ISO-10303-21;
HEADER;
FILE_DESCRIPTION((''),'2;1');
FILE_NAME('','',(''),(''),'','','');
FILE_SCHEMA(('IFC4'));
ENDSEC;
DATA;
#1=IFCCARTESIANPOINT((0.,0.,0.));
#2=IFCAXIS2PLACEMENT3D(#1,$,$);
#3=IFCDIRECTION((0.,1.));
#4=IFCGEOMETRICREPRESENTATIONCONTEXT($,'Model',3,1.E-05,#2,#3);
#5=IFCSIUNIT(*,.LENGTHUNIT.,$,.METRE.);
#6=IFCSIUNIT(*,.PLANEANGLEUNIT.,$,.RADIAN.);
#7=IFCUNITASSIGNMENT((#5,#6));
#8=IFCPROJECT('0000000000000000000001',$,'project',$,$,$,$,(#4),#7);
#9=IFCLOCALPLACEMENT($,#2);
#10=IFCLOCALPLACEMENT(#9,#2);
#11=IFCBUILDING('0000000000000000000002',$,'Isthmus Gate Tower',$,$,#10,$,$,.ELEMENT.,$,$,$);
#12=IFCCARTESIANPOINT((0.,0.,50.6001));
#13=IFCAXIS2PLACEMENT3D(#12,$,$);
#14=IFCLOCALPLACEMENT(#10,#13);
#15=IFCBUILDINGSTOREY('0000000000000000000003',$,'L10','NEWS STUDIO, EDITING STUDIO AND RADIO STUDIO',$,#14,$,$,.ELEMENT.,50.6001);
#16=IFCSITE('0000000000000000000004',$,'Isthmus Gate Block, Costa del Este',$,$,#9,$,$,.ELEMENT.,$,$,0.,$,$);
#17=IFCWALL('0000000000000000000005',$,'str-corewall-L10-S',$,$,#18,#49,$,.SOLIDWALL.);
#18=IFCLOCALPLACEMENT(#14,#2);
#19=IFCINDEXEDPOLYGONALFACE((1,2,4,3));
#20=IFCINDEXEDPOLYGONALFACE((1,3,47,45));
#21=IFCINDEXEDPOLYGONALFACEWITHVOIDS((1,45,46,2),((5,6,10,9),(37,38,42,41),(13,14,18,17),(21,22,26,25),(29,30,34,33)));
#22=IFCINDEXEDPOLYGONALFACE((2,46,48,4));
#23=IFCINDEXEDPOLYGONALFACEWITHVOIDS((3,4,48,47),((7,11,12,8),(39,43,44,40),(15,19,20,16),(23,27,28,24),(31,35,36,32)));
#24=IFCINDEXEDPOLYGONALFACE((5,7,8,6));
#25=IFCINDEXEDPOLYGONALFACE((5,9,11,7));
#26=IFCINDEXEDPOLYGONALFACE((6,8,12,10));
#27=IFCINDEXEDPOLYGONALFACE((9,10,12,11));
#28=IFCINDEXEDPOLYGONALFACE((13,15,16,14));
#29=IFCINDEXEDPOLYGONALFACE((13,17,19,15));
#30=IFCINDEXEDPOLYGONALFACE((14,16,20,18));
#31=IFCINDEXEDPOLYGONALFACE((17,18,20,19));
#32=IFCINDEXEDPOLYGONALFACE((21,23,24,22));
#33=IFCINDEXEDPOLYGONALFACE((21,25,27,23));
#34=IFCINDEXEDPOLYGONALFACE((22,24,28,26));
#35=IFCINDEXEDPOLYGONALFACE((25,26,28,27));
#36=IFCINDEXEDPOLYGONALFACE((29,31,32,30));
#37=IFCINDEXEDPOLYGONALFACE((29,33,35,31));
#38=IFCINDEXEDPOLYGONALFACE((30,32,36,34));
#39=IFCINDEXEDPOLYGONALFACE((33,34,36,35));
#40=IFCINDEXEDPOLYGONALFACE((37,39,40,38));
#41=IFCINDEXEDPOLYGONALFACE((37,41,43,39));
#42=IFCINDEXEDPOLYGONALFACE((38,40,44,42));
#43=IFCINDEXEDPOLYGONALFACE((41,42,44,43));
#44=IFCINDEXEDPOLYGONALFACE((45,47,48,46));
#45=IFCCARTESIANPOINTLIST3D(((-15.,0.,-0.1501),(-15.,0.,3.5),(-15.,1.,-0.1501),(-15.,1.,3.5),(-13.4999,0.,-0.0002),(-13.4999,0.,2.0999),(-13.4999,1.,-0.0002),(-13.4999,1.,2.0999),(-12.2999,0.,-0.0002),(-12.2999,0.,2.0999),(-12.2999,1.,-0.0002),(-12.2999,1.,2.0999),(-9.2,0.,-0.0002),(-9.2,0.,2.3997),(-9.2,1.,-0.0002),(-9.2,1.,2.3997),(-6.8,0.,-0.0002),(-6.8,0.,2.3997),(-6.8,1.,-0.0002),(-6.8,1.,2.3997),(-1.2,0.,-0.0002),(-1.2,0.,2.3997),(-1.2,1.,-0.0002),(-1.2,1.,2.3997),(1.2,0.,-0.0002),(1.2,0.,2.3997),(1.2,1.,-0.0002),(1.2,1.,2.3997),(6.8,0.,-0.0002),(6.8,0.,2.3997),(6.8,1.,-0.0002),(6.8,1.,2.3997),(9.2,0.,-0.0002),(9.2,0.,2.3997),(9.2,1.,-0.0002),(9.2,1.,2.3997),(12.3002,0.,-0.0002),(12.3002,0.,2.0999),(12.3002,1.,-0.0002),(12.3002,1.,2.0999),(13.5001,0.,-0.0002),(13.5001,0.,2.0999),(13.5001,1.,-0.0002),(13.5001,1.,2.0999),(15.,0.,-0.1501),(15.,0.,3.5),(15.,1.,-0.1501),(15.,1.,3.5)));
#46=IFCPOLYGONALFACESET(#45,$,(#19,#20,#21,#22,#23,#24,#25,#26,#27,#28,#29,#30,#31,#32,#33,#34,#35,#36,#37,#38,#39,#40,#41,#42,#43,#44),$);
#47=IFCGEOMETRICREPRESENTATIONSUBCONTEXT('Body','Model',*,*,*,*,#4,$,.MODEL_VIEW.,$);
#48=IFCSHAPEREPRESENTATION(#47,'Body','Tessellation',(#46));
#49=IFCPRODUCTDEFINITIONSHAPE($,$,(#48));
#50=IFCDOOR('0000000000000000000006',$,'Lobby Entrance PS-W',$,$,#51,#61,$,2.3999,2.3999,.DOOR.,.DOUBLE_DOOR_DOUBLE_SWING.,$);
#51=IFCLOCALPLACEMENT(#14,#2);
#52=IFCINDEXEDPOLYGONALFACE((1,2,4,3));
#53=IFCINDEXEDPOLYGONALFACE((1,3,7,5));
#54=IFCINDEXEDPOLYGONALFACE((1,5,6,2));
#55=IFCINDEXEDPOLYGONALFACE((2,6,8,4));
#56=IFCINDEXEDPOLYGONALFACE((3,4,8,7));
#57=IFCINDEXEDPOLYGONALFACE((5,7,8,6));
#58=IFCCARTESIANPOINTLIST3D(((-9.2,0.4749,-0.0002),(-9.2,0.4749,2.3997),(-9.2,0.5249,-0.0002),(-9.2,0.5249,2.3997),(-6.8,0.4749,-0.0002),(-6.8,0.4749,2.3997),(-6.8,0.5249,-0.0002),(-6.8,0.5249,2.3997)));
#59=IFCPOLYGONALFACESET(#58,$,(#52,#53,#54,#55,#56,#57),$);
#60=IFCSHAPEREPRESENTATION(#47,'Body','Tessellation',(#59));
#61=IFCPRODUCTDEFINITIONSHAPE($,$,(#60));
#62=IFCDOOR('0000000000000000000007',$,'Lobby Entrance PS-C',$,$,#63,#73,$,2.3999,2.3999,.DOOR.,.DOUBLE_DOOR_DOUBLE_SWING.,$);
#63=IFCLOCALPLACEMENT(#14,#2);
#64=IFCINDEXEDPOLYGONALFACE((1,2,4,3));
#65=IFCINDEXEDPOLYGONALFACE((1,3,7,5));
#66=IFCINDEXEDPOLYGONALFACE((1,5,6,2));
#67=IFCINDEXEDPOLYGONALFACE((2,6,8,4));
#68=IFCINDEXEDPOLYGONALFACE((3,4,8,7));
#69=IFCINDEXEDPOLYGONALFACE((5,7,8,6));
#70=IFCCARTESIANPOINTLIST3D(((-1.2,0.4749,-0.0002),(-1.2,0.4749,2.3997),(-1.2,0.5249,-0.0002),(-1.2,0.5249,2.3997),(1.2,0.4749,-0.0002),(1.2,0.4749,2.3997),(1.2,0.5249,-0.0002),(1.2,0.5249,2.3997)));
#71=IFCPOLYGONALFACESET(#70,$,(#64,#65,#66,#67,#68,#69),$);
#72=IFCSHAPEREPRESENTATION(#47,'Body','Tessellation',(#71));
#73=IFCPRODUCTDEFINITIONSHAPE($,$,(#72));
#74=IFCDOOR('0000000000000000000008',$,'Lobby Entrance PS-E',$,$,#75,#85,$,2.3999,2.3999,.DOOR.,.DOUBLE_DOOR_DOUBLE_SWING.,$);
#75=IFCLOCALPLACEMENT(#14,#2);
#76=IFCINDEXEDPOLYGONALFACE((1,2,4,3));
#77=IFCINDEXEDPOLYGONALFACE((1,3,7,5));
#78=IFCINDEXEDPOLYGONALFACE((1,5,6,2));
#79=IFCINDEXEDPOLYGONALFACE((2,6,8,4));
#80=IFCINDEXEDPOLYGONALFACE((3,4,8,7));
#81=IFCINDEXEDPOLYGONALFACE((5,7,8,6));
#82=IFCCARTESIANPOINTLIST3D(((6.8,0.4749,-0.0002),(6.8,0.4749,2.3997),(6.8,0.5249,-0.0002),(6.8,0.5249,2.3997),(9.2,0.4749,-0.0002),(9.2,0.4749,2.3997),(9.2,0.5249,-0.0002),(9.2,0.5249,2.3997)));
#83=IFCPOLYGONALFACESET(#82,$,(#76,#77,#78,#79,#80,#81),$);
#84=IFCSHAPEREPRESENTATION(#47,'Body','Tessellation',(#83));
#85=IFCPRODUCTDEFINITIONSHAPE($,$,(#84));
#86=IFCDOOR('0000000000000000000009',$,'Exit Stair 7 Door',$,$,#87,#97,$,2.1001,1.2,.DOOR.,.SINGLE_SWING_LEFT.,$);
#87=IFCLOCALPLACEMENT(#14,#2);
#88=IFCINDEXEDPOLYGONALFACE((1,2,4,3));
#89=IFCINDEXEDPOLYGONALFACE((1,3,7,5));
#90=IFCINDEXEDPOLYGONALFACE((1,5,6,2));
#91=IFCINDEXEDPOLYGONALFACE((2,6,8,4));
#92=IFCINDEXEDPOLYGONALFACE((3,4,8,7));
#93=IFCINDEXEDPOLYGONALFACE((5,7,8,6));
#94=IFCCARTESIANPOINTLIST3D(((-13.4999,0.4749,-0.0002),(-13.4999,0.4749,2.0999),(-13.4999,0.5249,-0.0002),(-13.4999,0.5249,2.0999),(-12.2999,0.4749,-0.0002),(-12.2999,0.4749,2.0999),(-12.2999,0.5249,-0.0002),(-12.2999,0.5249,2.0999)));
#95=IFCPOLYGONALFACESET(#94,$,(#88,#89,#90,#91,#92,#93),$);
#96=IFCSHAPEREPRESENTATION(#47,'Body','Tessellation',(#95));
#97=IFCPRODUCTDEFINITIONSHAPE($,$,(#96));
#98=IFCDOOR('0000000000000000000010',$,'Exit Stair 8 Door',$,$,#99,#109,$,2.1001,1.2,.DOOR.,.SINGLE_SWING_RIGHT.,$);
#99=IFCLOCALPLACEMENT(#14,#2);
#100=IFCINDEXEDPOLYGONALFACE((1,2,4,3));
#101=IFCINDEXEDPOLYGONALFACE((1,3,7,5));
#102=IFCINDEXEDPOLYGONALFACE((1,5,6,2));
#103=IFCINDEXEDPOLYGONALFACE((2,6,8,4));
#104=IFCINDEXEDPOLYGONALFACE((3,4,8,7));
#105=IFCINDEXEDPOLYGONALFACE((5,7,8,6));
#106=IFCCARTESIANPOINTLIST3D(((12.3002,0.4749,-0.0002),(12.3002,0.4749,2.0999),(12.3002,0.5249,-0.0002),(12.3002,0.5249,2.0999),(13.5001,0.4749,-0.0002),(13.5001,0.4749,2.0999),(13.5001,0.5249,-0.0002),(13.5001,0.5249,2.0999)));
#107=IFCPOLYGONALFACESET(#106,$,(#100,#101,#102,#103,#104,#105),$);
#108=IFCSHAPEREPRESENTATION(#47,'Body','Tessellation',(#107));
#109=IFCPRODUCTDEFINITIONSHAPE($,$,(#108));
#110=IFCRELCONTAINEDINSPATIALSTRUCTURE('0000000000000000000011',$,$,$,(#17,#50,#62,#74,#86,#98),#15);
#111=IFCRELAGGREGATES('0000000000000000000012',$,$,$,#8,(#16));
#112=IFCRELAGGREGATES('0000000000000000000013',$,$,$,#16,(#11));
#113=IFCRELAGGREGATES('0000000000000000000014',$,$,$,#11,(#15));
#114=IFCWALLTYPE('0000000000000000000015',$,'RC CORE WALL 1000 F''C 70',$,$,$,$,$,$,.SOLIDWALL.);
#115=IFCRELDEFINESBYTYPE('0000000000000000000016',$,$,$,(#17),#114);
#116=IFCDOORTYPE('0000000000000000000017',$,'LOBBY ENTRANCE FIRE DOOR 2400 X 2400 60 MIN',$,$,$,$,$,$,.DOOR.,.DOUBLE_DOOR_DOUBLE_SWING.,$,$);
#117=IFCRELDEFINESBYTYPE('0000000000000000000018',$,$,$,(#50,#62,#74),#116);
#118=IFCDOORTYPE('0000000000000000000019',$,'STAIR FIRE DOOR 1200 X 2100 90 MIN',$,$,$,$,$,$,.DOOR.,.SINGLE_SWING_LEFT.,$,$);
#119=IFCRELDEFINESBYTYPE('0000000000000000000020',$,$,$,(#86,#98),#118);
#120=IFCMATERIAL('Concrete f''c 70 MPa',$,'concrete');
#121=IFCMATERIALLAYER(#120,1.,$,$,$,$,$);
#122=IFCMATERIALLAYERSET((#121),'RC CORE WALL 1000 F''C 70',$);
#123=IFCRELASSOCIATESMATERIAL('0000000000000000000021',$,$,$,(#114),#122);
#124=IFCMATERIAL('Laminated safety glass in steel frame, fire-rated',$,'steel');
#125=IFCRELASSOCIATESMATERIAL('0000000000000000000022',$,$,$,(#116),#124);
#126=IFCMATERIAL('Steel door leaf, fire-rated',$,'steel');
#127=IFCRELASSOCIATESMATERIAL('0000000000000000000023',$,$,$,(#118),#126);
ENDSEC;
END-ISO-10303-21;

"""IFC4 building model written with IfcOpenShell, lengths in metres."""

from ifc_helpers import new_model, si_unit, direction, frame, frame_2d, origin, place, context, subcontext, project, spatial, rectangle, extrude, material, layer, layer_set, type_object, element, fill, save


model = new_model("IFC4")

# Units and contexts
model_context = context("Model", 3, precision=1e-05, world=origin(), true_north=direction((0.0, 1.0)))
body_context = subcontext(model_context, "Body", "Model", "MODEL_VIEW")
ifc_project = project(units=[si_unit("LENGTHUNIT", "METRE"), si_unit("PLANEANGLEUNIT", "RADIAN")], contexts=[model_context])

# Site, building, storey
site_placement = place(None, origin())
site = spatial("IfcSite", under=ifc_project, at=site_placement, Name="Isthmus Gate Block, Costa del Este", CompositionType="ELEMENT", RefElevation=0.0)
building_placement = place(site_placement, origin())
building = spatial("IfcBuilding", under=site, at=building_placement, Name="Isthmus Gate Tower", CompositionType="ELEMENT")
storey_placement = place(building_placement, frame((0.0, 0.0, 50.6001)))
storey = spatial("IfcBuildingStorey", under=building, at=storey_placement, Name="L10", Description="NEWS STUDIO, EDITING STUDIO AND RADIO STUDIO", CompositionType="ELEMENT", Elevation=50.6001)

# Wall, openings, doors
ifc_material_1 = material(Name="Concrete f'c 70 MPa", Category="concrete")
ifc_layer_1 = layer(ifc_material_1, 1.0)
ifc_layer_set_1 = layer_set([ifc_layer_1], Name="RC CORE WALL 1000 F'C 70")
wall_type_1 = type_object("IfcWallType", Name="RC CORE WALL 1000 F'C 70", PredefinedType="SOLIDWALL", material=ifc_layer_set_1)
wall_1_placement = place(storey_placement, frame((-15.0, 0.5, -0.1501), z_axis=(0.0, 0.0, 1.0), x_axis=(1.0, 0.0, 0.0)))
wall_1 = element("IfcWall", 1, at=wall_1_placement, inside=storey, type_object=wall_type_1, Name="str-corewall-L10-S", PredefinedType="SOLIDWALL", context=body_context, shape_type="SweptSolid", body=[
    extrude(rectangle(XDim=30.0, YDim=1.0, at=frame_2d((15.0, 0.0))), origin(), (0.0, 0.0, 1.0), 3.6501),
])
opening_1_placement = place(wall_1_placement, frame((5.8, 0.0, 0.1499)))
opening_1 = element("IfcOpeningElement", 2, at=opening_1_placement, cuts=wall_1, PredefinedType="OPENING", context=body_context, shape_type="SweptSolid", body=[
    extrude(rectangle(XDim=2.3999, YDim=2.3999, at=frame_2d((1.2, 1.2))), frame((0.0, 0.51, 0.0), z_axis=(0.0, -1.0, 0.0), x_axis=(1.0, 0.0, 0.0)), (0.0, 0.0, 1.0), 1.02),
])
opening_2_placement = place(wall_1_placement, frame((13.8, 0.0, 0.1499)))
opening_2 = element("IfcOpeningElement", 3, at=opening_2_placement, cuts=wall_1, PredefinedType="OPENING", context=body_context, shape_type="SweptSolid", body=[
    extrude(rectangle(XDim=2.3999, YDim=2.3999, at=frame_2d((1.2, 1.2))), frame((0.0, 0.51, 0.0), z_axis=(0.0, -1.0, 0.0), x_axis=(1.0, 0.0, 0.0)), (0.0, 0.0, 1.0), 1.02),
])
opening_3_placement = place(wall_1_placement, frame((21.8, 0.0, 0.1499)))
opening_3 = element("IfcOpeningElement", 4, at=opening_3_placement, cuts=wall_1, PredefinedType="OPENING", context=body_context, shape_type="SweptSolid", body=[
    extrude(rectangle(XDim=2.3999, YDim=2.3999, at=frame_2d((1.2, 1.2))), frame((0.0, 0.51, 0.0), z_axis=(0.0, -1.0, 0.0), x_axis=(1.0, 0.0, 0.0)), (0.0, 0.0, 1.0), 1.02),
])
opening_4_placement = place(wall_1_placement, frame((1.5, 0.0, 0.1499)))
opening_4 = element("IfcOpeningElement", 5, at=opening_4_placement, cuts=wall_1, PredefinedType="OPENING", context=body_context, shape_type="SweptSolid", body=[
    extrude(rectangle(XDim=1.2, YDim=2.1001, at=frame_2d((0.6001, 1.05))), frame((0.0, 0.51, 0.0), z_axis=(0.0, -1.0, 0.0), x_axis=(1.0, 0.0, 0.0)), (0.0, 0.0, 1.0), 1.02),
])
opening_5_placement = place(wall_1_placement, frame((27.3, 0.0, 0.1499)))
opening_5 = element("IfcOpeningElement", 6, at=opening_5_placement, cuts=wall_1, PredefinedType="OPENING", context=body_context, shape_type="SweptSolid", body=[
    extrude(rectangle(XDim=1.2, YDim=2.1001, at=frame_2d((0.6001, 1.05))), frame((0.0, 0.51, 0.0), z_axis=(0.0, -1.0, 0.0), x_axis=(1.0, 0.0, 0.0)), (0.0, 0.0, 1.0), 1.02),
])
ifc_material_2 = material(Name="Laminated safety glass in steel frame, fire-rated", Category="steel")
door_type_1 = type_object("IfcDoorType", Name="LOBBY ENTRANCE FIRE DOOR 2400 X 2400 60 MIN", OperationType="DOUBLE_DOOR_DOUBLE_SWING", PredefinedType="DOOR", material=ifc_material_2)
door_1_placement = place(opening_1_placement, origin())
door_1 = element("IfcDoor", 7, at=door_1_placement, inside=storey, type_object=door_type_1, Name="Lobby Entrance PS-W", OperationType="DOUBLE_DOOR_DOUBLE_SWING", OverallHeight=2.3999, OverallWidth=2.3999, PredefinedType="DOOR", context=body_context, shape_type="SweptSolid", body=[
    extrude(rectangle(XDim=2.3999, YDim=2.3999, at=frame_2d((1.2, 1.2))), frame((0.0, 0.0249, 0.0), z_axis=(0.0, -1.0, 0.0), x_axis=(1.0, 0.0, 0.0)), (0.0, 0.0, 1.0), 0.05),
])
fill(opening_1, door_1)
door_2_placement = place(opening_2_placement, origin())
door_2 = element("IfcDoor", 8, at=door_2_placement, inside=storey, type_object=door_type_1, Name="Lobby Entrance PS-C", OperationType="DOUBLE_DOOR_DOUBLE_SWING", OverallHeight=2.3999, OverallWidth=2.3999, PredefinedType="DOOR", context=body_context, shape_type="SweptSolid", body=[
    extrude(rectangle(XDim=2.3999, YDim=2.3999, at=frame_2d((1.2, 1.2))), frame((0.0, 0.0249, 0.0), z_axis=(0.0, -1.0, 0.0), x_axis=(1.0, 0.0, 0.0)), (0.0, 0.0, 1.0), 0.05),
])
fill(opening_2, door_2)
door_3_placement = place(opening_3_placement, origin())
door_3 = element("IfcDoor", 9, at=door_3_placement, inside=storey, type_object=door_type_1, Name="Lobby Entrance PS-E", OperationType="DOUBLE_DOOR_DOUBLE_SWING", OverallHeight=2.3999, OverallWidth=2.3999, PredefinedType="DOOR", context=body_context, shape_type="SweptSolid", body=[
    extrude(rectangle(XDim=2.3999, YDim=2.3999, at=frame_2d((1.2, 1.2))), frame((0.0, 0.0249, 0.0), z_axis=(0.0, -1.0, 0.0), x_axis=(1.0, 0.0, 0.0)), (0.0, 0.0, 1.0), 0.05),
])
fill(opening_3, door_3)
ifc_material_3 = material(Name="Steel door leaf, fire-rated", Category="steel")
door_type_2 = type_object("IfcDoorType", Name="STAIR FIRE DOOR 1200 X 2100 90 MIN", OperationType="SINGLE_SWING_LEFT", PredefinedType="DOOR", material=ifc_material_3)
door_4_placement = place(opening_4_placement, origin())
door_4 = element("IfcDoor", 10, at=door_4_placement, inside=storey, type_object=door_type_2, Name="Exit Stair 7 Door", OperationType="SINGLE_SWING_LEFT", OverallHeight=2.1001, OverallWidth=1.2, PredefinedType="DOOR", context=body_context, shape_type="SweptSolid", body=[
    extrude(rectangle(XDim=1.2, YDim=2.1001, at=frame_2d((0.6001, 1.05))), frame((0.0, 0.0249, 0.0), z_axis=(0.0, -1.0, 0.0), x_axis=(1.0, 0.0, 0.0)), (0.0, 0.0, 1.0), 0.05),
])
fill(opening_4, door_4)
door_5_placement = place(opening_5_placement, origin())
door_5 = element("IfcDoor", 11, at=door_5_placement, inside=storey, type_object=door_type_2, Name="Exit Stair 8 Door", OperationType="SINGLE_SWING_RIGHT", OverallHeight=2.1001, OverallWidth=1.2, PredefinedType="DOOR", context=body_context, shape_type="SweptSolid", body=[
    extrude(rectangle(XDim=1.2, YDim=2.1001, at=frame_2d((0.6001, 1.05))), frame((0.0, 0.0249, 0.0), z_axis=(0.0, -1.0, 0.0), x_axis=(1.0, 0.0, 0.0)), (0.0, 0.0, 1.0), 0.05),
])
fill(opening_5, door_5)

save(model, "model.ifc")
